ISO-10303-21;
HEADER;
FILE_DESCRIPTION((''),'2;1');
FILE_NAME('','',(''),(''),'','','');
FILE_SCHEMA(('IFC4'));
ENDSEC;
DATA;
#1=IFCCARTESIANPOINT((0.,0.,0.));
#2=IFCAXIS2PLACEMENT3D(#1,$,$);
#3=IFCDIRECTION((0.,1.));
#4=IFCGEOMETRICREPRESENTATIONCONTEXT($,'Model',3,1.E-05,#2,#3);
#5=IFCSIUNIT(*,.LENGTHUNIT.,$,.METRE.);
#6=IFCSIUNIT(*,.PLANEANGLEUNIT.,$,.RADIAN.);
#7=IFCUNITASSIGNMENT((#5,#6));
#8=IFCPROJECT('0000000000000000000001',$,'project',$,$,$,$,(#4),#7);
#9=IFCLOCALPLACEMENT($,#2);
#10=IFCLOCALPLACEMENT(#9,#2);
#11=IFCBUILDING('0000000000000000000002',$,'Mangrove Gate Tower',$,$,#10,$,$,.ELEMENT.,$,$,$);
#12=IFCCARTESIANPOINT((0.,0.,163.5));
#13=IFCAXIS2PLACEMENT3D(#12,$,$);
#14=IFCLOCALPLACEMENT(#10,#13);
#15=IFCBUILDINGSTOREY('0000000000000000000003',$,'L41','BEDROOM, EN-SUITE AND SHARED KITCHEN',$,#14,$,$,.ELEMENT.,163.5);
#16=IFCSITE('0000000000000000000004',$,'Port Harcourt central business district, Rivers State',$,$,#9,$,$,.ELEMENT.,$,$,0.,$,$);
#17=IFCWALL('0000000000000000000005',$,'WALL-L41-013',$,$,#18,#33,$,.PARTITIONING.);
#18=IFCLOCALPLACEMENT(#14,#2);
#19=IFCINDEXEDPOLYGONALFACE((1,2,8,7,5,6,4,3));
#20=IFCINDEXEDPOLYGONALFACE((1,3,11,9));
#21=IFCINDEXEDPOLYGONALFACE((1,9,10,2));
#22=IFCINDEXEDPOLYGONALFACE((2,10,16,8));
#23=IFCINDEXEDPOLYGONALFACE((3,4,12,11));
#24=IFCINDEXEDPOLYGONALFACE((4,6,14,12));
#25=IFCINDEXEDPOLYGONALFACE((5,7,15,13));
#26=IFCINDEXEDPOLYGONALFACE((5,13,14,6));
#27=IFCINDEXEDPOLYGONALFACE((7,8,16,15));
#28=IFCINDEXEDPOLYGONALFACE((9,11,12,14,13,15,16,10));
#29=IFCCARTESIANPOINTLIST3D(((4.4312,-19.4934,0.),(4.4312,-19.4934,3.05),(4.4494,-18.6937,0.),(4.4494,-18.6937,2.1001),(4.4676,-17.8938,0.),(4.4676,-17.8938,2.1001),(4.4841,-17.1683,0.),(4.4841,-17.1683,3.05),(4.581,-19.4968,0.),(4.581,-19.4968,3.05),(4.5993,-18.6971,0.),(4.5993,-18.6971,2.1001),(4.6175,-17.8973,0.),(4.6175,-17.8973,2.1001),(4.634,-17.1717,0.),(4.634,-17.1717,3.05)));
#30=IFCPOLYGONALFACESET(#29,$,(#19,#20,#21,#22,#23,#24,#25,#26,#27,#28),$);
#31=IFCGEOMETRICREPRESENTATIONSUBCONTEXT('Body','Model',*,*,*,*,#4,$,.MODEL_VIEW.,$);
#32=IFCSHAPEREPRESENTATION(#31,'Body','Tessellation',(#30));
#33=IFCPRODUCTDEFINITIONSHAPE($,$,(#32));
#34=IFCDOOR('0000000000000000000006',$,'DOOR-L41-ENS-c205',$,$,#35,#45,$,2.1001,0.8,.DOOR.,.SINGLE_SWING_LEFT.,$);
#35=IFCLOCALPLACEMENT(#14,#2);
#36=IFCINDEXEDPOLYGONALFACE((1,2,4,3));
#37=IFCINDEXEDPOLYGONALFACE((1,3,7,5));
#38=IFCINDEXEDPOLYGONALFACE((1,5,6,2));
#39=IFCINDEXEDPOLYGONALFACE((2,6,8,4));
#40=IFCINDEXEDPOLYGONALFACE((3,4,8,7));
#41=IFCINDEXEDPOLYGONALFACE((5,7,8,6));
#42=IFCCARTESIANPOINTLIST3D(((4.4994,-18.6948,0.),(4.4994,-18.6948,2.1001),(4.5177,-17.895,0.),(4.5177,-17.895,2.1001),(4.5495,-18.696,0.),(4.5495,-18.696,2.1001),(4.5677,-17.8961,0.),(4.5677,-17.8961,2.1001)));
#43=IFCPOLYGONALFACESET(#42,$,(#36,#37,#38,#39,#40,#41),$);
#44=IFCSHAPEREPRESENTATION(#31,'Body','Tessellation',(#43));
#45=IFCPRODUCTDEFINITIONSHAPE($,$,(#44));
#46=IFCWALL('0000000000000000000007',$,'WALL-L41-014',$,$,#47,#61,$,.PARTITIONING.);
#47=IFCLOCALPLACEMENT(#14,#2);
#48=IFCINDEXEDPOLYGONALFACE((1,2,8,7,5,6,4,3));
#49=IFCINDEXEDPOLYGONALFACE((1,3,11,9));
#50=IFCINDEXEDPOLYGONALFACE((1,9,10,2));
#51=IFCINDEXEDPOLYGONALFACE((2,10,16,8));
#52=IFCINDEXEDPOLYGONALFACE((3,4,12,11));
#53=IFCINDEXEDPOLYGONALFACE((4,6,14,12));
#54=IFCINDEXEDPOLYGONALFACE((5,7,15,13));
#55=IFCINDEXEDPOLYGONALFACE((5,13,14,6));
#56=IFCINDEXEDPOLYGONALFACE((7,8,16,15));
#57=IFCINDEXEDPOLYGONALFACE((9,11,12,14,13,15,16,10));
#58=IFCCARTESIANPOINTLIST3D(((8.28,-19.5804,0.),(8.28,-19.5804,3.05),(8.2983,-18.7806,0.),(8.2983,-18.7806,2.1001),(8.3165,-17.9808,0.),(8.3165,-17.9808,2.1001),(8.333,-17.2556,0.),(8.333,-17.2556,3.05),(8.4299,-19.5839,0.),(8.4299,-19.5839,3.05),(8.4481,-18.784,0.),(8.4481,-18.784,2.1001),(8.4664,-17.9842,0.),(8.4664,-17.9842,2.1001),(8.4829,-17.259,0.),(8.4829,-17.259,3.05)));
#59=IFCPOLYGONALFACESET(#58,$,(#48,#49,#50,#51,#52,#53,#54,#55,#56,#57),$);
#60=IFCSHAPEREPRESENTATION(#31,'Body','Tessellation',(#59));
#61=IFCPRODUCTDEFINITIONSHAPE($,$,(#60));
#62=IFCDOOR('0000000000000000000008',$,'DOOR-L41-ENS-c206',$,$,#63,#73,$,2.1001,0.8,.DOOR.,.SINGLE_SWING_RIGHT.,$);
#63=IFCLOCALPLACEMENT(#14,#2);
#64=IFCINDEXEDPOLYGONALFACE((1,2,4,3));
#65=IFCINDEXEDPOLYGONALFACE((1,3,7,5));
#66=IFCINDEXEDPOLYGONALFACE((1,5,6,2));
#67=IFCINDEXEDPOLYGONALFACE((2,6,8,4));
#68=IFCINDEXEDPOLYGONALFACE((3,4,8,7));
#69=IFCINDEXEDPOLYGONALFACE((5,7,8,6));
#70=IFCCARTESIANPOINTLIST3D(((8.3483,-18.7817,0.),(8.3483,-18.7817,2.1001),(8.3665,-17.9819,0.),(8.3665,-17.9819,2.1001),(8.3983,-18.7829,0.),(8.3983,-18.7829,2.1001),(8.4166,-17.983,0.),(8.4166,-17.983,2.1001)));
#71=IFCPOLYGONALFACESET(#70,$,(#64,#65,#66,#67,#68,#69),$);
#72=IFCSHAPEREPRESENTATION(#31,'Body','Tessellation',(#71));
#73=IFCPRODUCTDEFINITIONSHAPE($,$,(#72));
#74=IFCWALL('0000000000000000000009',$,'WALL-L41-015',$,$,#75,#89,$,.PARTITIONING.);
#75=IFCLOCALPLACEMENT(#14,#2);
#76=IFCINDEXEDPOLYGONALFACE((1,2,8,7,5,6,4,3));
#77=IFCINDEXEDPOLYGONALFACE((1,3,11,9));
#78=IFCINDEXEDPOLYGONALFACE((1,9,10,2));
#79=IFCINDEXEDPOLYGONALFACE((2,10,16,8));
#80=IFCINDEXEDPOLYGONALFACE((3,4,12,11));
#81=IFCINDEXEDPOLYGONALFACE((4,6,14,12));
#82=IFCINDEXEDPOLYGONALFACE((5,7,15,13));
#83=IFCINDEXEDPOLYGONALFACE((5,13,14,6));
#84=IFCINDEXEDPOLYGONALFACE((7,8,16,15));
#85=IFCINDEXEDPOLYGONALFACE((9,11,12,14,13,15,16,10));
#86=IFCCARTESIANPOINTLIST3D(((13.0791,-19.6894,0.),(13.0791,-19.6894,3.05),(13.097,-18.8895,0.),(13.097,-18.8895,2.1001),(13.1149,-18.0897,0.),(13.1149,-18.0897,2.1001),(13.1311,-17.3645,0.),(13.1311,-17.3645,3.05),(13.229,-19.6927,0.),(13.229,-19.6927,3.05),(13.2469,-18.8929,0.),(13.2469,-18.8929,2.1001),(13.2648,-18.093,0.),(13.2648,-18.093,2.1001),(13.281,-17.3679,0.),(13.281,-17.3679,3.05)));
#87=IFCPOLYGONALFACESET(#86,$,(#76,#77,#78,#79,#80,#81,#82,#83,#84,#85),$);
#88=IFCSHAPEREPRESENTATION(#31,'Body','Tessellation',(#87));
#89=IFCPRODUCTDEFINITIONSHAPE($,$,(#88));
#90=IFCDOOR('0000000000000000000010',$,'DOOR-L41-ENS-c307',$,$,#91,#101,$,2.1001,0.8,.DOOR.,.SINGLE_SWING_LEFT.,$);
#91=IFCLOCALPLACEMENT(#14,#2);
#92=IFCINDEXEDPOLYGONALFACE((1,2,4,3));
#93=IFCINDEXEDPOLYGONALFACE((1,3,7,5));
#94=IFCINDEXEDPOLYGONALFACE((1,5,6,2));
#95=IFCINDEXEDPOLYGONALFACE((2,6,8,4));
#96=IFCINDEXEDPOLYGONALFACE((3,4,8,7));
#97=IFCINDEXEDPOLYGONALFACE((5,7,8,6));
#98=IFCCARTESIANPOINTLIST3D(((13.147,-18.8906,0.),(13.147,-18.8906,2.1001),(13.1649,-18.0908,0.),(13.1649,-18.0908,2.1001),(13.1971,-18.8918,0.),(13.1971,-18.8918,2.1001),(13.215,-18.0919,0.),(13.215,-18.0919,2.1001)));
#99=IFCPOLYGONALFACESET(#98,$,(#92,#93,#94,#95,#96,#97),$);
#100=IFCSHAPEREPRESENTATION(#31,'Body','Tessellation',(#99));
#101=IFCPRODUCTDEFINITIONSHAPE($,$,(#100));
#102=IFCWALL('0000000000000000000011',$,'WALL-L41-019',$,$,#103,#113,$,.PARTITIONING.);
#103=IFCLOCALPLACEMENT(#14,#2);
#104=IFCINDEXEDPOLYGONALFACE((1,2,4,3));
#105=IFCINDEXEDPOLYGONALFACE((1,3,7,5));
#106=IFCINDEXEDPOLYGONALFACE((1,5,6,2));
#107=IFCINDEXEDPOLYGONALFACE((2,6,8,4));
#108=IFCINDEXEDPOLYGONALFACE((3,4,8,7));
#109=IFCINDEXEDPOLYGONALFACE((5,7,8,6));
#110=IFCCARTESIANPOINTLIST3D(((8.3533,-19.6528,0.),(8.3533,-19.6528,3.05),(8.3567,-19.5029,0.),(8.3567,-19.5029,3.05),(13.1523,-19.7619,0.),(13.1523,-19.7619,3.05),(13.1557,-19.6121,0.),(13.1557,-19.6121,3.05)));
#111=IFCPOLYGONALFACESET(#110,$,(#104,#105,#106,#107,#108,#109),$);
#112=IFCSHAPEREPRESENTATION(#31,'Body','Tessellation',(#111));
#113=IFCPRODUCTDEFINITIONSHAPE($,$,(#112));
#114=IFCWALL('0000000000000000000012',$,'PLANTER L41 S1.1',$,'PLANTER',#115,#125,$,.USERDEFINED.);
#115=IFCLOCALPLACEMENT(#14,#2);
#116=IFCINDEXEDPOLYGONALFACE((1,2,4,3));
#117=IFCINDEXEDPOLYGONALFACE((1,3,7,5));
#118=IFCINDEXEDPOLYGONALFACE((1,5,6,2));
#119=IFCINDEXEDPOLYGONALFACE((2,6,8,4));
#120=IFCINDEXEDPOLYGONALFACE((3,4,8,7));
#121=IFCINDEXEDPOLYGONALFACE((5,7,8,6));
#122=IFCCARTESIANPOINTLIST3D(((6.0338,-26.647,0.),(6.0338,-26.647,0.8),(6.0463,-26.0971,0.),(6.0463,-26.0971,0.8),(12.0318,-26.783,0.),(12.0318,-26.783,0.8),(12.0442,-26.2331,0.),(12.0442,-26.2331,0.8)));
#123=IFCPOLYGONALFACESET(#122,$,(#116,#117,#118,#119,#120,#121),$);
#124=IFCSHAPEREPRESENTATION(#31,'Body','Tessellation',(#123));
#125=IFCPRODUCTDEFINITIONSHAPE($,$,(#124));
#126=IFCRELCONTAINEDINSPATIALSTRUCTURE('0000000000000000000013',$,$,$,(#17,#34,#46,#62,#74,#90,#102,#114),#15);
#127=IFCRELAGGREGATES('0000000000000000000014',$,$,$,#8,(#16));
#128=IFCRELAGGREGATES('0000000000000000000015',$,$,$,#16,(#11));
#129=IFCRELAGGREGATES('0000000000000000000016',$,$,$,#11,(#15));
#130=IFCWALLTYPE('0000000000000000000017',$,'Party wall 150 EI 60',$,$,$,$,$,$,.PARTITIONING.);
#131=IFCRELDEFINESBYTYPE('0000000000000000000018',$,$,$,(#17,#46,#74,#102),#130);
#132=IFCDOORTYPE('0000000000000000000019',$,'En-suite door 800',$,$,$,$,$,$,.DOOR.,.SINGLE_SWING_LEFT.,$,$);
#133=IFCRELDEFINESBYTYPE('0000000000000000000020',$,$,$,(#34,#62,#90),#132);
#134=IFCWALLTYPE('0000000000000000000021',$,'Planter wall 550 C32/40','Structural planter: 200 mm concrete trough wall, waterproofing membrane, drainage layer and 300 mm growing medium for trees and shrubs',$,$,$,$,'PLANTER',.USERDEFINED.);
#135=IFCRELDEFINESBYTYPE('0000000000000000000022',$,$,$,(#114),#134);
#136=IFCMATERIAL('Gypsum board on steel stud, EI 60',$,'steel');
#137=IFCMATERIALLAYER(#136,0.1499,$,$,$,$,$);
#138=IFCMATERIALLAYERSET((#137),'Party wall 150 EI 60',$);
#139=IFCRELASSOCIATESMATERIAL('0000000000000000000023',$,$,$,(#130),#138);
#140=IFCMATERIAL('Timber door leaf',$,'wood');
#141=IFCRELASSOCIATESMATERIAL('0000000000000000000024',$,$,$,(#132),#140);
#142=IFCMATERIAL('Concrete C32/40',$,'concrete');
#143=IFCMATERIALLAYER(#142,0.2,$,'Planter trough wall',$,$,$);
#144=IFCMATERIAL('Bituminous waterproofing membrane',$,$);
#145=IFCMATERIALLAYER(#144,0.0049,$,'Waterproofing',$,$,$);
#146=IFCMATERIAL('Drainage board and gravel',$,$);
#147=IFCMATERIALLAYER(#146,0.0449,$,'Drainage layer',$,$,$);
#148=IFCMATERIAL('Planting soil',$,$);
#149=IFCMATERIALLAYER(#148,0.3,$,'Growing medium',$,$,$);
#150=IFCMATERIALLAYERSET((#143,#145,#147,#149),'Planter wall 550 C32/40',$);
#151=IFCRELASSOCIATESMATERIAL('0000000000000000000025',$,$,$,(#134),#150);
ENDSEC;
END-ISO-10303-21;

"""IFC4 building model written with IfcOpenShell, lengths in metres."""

from ifc_helpers import new_model, si_unit, direction, frame, frame_2d, origin, place, context, subcontext, project, spatial, rectangle, extrude, material, layer, layer_set, type_object, element, fill, save


model = new_model("IFC4")

# Units and contexts
model_context = context("Model", 3, precision=1e-05, world=origin(), true_north=direction((0.0, 1.0)))
body_context = subcontext(model_context, "Body", "Model", "MODEL_VIEW")
ifc_project = project(units=[si_unit("LENGTHUNIT", "METRE"), si_unit("PLANEANGLEUNIT", "RADIAN")], contexts=[model_context])

# Site, building, storey
site_placement = place(None, origin())
site = spatial("IfcSite", under=ifc_project, at=site_placement, Name="Port Harcourt central business district, Rivers State", CompositionType="ELEMENT", RefElevation=0.0)
building_placement = place(site_placement, origin())
building = spatial("IfcBuilding", under=site, at=building_placement, Name="Mangrove Gate Tower", CompositionType="ELEMENT")
storey_placement = place(building_placement, frame((0.0, 0.0, 163.5)))
storey = spatial("IfcBuildingStorey", under=building, at=storey_placement, Name="L41", Description="BEDROOM, EN-SUITE AND SHARED KITCHEN", CompositionType="ELEMENT", Elevation=163.5)

# Shared definitions
ifc_material_1 = material(Name="Gypsum board on steel stud, EI 60", Category="steel")
ifc_layer_1 = layer(ifc_material_1, 0.1499)
ifc_layer_set_1 = layer_set([ifc_layer_1], Name="Party wall 150 EI 60")
wall_type_1 = type_object("IfcWallType", Name="Party wall 150 EI 60", PredefinedType="PARTITIONING", material=ifc_layer_set_1)

# Walls, openings, doors
wall_1_placement = place(storey_placement, frame((4.5061, -19.4951, 0.0), z_axis=(0.0, 0.0, 1.0), x_axis=(0.022779, 0.999741, 0.0)))
wall_1 = element("IfcWall", 1, at=wall_1_placement, inside=storey, type_object=wall_type_1, Name="WALL-L41-013", PredefinedType="PARTITIONING", context=body_context, shape_type="SweptSolid", body=[
    extrude(rectangle(XDim=2.3257, YDim=0.1499, at=frame_2d((1.1628, 0.0))), origin(), (0.0, 0.0, 1.0), 3.05),
])
opening_1_placement = place(wall_1_placement, frame((0.8, 0.0, 0.0)))
opening_1 = element("IfcOpeningElement", 2, at=opening_1_placement, cuts=wall_1, PredefinedType="OPENING", context=body_context, shape_type="SweptSolid", body=[
    extrude(rectangle(XDim=0.8, YDim=2.1001, at=frame_2d((0.3999, 1.05))), frame((0.0, 0.085, 0.0), z_axis=(0.0, -1.0, 0.0), x_axis=(1.0, 0.0, 0.0)), (0.0, 0.0, 1.0), 0.1699),
])
ifc_material_2 = material(Name="Timber door leaf", Category="wood")
door_type_1 = type_object("IfcDoorType", Name="En-suite door 800", OperationType="SINGLE_SWING_LEFT", PredefinedType="DOOR", material=ifc_material_2)
door_1_placement = place(opening_1_placement, origin())
door_1 = element("IfcDoor", 3, at=door_1_placement, inside=storey, type_object=door_type_1, Name="DOOR-L41-ENS-c205", OperationType="SINGLE_SWING_LEFT", OverallHeight=2.1001, OverallWidth=0.8, PredefinedType="DOOR", context=body_context, shape_type="SweptSolid", body=[
    extrude(rectangle(XDim=0.8, YDim=2.1001, at=frame_2d((0.3999, 1.05))), frame((0.0, 0.0249, 0.0), z_axis=(0.0, -1.0, 0.0), x_axis=(1.0, 0.0, 0.0)), (0.0, 0.0, 1.0), 0.05),
])
fill(opening_1, door_1)
wall_2_placement = place(storey_placement, frame((8.355, -19.582, 0.0), z_axis=(0.0, 0.0, 1.0), x_axis=(0.022781, 0.99974, 0.0)))
wall_2 = element("IfcWall", 4, at=wall_2_placement, inside=storey, type_object=wall_type_1, Name="WALL-L41-014", PredefinedType="PARTITIONING", context=body_context, shape_type="SweptSolid", body=[
    extrude(rectangle(XDim=2.3254, YDim=0.1499, at=frame_2d((1.1626, 0.0))), origin(), (0.0, 0.0, 1.0), 3.05),
])
opening_2_placement = place(wall_2_placement, frame((0.8, 0.0, 0.0)))
opening_2 = element("IfcOpeningElement", 5, at=opening_2_placement, cuts=wall_2, PredefinedType="OPENING", context=body_context, shape_type="SweptSolid", body=[
    extrude(rectangle(XDim=0.8, YDim=2.1001, at=frame_2d((0.3999, 1.05))), frame((0.0, 0.085, 0.0), z_axis=(0.0, -1.0, 0.0), x_axis=(1.0, 0.0, 0.0)), (0.0, 0.0, 1.0), 0.1699),
])
door_2_placement = place(opening_2_placement, origin())
door_2 = element("IfcDoor", 6, at=door_2_placement, inside=storey, type_object=door_type_1, Name="DOOR-L41-ENS-c206", OperationType="SINGLE_SWING_RIGHT", OverallHeight=2.1001, OverallWidth=0.8, PredefinedType="DOOR", context=body_context, shape_type="SweptSolid", body=[
    extrude(rectangle(XDim=0.8, YDim=2.1001, at=frame_2d((0.3999, 1.05))), frame((0.0, 0.0249, 0.0), z_axis=(0.0, -1.0, 0.0), x_axis=(1.0, 0.0, 0.0)), (0.0, 0.0, 1.0), 0.05),
])
fill(opening_2, door_2)
wall_3_placement = place(storey_placement, frame((13.1541, -19.6909, 0.0), z_axis=(0.0, 0.0, 1.0), x_axis=(0.022361, 0.99975, 0.0)))
wall_3 = element("IfcWall", 7, at=wall_3_placement, inside=storey, type_object=wall_type_1, Name="WALL-L41-015", PredefinedType="PARTITIONING", context=body_context, shape_type="SweptSolid", body=[
    extrude(rectangle(XDim=2.3254, YDim=0.1499, at=frame_2d((1.1626, 0.0))), origin(), (0.0, 0.0, 1.0), 3.05),
])
opening_3_placement = place(wall_3_placement, frame((0.8, 0.0, 0.0)))
opening_3 = element("IfcOpeningElement", 8, at=opening_3_placement, cuts=wall_3, PredefinedType="OPENING", context=body_context, shape_type="SweptSolid", body=[
    extrude(rectangle(XDim=0.8, YDim=2.1001, at=frame_2d((0.3999, 1.05))), frame((0.0, 0.085, 0.0), z_axis=(0.0, -1.0, 0.0), x_axis=(1.0, 0.0, 0.0)), (0.0, 0.0, 1.0), 0.1699),
])
door_3_placement = place(opening_3_placement, origin())
door_3 = element("IfcDoor", 9, at=door_3_placement, inside=storey, type_object=door_type_1, Name="DOOR-L41-ENS-c307", OperationType="SINGLE_SWING_LEFT", OverallHeight=2.1001, OverallWidth=0.8, PredefinedType="DOOR", context=body_context, shape_type="SweptSolid", body=[
    extrude(rectangle(XDim=0.8, YDim=2.1001, at=frame_2d((0.3999, 1.05))), frame((0.0, 0.0249, 0.0), z_axis=(0.0, -1.0, 0.0), x_axis=(1.0, 0.0, 0.0)), (0.0, 0.0, 1.0), 0.05),
])
fill(opening_3, door_3)

# Walls
wall_4_placement = place(storey_placement, frame((8.355, -19.5779, 0.0), z_axis=(0.0, 0.0, 1.0), x_axis=(0.999742, -0.022734, 0.0)))
element("IfcWall", 10, at=wall_4_placement, inside=storey, type_object=wall_type_1, Name="WALL-L41-019", PredefinedType="PARTITIONING", context=body_context, shape_type="SweptSolid", body=[
    extrude(rectangle(XDim=4.8003, YDim=0.1499, at=frame_2d((2.4001, 0.0))), origin(), (0.0, 0.0, 1.0), 3.05),
])
ifc_material_3 = material(Name="Concrete C32/40", Category="concrete")
ifc_layer_2 = layer(ifc_material_3, 0.2, Name="Planter trough wall")
ifc_material_4 = material(Name="Bituminous waterproofing membrane")
ifc_layer_3 = layer(ifc_material_4, 0.0049, Name="Waterproofing")
ifc_material_5 = material(Name="Drainage board and gravel")
ifc_layer_4 = layer(ifc_material_5, 0.0449, Name="Drainage layer")
ifc_material_6 = material(Name="Planting soil")
ifc_layer_5 = layer(ifc_material_6, 0.3, Name="Growing medium")
ifc_layer_set_2 = layer_set([ifc_layer_2, ifc_layer_3, ifc_layer_4, ifc_layer_5], Name="Planter wall 550 C32/40")
wall_type_2 = type_object("IfcWallType", Name="Planter wall 550 C32/40", Description="Structural planter: 200 mm concrete trough wall, waterproofing membrane, drainage layer and 300 mm growing medium for trees and shrubs", ElementType="PLANTER", PredefinedType="USERDEFINED", material=ifc_layer_set_2)
wall_5_placement = place(storey_placement, frame((6.04, -26.3721, 0.0), z_axis=(0.0, 0.0, 1.0), x_axis=(0.999743, -0.022666, 0.0)))
element("IfcWall", 11, at=wall_5_placement, inside=storey, type_object=wall_type_2, Name="PLANTER L41 S1.1", ObjectType="PLANTER", PredefinedType="USERDEFINED", context=body_context, shape_type="SweptSolid", body=[
    extrude(rectangle(XDim=5.9995, YDim=0.55, at=frame_2d((2.9998, 0.0))), origin(), (0.0, 0.0, 1.0), 0.8),
])

save(model, "model.ifc")
